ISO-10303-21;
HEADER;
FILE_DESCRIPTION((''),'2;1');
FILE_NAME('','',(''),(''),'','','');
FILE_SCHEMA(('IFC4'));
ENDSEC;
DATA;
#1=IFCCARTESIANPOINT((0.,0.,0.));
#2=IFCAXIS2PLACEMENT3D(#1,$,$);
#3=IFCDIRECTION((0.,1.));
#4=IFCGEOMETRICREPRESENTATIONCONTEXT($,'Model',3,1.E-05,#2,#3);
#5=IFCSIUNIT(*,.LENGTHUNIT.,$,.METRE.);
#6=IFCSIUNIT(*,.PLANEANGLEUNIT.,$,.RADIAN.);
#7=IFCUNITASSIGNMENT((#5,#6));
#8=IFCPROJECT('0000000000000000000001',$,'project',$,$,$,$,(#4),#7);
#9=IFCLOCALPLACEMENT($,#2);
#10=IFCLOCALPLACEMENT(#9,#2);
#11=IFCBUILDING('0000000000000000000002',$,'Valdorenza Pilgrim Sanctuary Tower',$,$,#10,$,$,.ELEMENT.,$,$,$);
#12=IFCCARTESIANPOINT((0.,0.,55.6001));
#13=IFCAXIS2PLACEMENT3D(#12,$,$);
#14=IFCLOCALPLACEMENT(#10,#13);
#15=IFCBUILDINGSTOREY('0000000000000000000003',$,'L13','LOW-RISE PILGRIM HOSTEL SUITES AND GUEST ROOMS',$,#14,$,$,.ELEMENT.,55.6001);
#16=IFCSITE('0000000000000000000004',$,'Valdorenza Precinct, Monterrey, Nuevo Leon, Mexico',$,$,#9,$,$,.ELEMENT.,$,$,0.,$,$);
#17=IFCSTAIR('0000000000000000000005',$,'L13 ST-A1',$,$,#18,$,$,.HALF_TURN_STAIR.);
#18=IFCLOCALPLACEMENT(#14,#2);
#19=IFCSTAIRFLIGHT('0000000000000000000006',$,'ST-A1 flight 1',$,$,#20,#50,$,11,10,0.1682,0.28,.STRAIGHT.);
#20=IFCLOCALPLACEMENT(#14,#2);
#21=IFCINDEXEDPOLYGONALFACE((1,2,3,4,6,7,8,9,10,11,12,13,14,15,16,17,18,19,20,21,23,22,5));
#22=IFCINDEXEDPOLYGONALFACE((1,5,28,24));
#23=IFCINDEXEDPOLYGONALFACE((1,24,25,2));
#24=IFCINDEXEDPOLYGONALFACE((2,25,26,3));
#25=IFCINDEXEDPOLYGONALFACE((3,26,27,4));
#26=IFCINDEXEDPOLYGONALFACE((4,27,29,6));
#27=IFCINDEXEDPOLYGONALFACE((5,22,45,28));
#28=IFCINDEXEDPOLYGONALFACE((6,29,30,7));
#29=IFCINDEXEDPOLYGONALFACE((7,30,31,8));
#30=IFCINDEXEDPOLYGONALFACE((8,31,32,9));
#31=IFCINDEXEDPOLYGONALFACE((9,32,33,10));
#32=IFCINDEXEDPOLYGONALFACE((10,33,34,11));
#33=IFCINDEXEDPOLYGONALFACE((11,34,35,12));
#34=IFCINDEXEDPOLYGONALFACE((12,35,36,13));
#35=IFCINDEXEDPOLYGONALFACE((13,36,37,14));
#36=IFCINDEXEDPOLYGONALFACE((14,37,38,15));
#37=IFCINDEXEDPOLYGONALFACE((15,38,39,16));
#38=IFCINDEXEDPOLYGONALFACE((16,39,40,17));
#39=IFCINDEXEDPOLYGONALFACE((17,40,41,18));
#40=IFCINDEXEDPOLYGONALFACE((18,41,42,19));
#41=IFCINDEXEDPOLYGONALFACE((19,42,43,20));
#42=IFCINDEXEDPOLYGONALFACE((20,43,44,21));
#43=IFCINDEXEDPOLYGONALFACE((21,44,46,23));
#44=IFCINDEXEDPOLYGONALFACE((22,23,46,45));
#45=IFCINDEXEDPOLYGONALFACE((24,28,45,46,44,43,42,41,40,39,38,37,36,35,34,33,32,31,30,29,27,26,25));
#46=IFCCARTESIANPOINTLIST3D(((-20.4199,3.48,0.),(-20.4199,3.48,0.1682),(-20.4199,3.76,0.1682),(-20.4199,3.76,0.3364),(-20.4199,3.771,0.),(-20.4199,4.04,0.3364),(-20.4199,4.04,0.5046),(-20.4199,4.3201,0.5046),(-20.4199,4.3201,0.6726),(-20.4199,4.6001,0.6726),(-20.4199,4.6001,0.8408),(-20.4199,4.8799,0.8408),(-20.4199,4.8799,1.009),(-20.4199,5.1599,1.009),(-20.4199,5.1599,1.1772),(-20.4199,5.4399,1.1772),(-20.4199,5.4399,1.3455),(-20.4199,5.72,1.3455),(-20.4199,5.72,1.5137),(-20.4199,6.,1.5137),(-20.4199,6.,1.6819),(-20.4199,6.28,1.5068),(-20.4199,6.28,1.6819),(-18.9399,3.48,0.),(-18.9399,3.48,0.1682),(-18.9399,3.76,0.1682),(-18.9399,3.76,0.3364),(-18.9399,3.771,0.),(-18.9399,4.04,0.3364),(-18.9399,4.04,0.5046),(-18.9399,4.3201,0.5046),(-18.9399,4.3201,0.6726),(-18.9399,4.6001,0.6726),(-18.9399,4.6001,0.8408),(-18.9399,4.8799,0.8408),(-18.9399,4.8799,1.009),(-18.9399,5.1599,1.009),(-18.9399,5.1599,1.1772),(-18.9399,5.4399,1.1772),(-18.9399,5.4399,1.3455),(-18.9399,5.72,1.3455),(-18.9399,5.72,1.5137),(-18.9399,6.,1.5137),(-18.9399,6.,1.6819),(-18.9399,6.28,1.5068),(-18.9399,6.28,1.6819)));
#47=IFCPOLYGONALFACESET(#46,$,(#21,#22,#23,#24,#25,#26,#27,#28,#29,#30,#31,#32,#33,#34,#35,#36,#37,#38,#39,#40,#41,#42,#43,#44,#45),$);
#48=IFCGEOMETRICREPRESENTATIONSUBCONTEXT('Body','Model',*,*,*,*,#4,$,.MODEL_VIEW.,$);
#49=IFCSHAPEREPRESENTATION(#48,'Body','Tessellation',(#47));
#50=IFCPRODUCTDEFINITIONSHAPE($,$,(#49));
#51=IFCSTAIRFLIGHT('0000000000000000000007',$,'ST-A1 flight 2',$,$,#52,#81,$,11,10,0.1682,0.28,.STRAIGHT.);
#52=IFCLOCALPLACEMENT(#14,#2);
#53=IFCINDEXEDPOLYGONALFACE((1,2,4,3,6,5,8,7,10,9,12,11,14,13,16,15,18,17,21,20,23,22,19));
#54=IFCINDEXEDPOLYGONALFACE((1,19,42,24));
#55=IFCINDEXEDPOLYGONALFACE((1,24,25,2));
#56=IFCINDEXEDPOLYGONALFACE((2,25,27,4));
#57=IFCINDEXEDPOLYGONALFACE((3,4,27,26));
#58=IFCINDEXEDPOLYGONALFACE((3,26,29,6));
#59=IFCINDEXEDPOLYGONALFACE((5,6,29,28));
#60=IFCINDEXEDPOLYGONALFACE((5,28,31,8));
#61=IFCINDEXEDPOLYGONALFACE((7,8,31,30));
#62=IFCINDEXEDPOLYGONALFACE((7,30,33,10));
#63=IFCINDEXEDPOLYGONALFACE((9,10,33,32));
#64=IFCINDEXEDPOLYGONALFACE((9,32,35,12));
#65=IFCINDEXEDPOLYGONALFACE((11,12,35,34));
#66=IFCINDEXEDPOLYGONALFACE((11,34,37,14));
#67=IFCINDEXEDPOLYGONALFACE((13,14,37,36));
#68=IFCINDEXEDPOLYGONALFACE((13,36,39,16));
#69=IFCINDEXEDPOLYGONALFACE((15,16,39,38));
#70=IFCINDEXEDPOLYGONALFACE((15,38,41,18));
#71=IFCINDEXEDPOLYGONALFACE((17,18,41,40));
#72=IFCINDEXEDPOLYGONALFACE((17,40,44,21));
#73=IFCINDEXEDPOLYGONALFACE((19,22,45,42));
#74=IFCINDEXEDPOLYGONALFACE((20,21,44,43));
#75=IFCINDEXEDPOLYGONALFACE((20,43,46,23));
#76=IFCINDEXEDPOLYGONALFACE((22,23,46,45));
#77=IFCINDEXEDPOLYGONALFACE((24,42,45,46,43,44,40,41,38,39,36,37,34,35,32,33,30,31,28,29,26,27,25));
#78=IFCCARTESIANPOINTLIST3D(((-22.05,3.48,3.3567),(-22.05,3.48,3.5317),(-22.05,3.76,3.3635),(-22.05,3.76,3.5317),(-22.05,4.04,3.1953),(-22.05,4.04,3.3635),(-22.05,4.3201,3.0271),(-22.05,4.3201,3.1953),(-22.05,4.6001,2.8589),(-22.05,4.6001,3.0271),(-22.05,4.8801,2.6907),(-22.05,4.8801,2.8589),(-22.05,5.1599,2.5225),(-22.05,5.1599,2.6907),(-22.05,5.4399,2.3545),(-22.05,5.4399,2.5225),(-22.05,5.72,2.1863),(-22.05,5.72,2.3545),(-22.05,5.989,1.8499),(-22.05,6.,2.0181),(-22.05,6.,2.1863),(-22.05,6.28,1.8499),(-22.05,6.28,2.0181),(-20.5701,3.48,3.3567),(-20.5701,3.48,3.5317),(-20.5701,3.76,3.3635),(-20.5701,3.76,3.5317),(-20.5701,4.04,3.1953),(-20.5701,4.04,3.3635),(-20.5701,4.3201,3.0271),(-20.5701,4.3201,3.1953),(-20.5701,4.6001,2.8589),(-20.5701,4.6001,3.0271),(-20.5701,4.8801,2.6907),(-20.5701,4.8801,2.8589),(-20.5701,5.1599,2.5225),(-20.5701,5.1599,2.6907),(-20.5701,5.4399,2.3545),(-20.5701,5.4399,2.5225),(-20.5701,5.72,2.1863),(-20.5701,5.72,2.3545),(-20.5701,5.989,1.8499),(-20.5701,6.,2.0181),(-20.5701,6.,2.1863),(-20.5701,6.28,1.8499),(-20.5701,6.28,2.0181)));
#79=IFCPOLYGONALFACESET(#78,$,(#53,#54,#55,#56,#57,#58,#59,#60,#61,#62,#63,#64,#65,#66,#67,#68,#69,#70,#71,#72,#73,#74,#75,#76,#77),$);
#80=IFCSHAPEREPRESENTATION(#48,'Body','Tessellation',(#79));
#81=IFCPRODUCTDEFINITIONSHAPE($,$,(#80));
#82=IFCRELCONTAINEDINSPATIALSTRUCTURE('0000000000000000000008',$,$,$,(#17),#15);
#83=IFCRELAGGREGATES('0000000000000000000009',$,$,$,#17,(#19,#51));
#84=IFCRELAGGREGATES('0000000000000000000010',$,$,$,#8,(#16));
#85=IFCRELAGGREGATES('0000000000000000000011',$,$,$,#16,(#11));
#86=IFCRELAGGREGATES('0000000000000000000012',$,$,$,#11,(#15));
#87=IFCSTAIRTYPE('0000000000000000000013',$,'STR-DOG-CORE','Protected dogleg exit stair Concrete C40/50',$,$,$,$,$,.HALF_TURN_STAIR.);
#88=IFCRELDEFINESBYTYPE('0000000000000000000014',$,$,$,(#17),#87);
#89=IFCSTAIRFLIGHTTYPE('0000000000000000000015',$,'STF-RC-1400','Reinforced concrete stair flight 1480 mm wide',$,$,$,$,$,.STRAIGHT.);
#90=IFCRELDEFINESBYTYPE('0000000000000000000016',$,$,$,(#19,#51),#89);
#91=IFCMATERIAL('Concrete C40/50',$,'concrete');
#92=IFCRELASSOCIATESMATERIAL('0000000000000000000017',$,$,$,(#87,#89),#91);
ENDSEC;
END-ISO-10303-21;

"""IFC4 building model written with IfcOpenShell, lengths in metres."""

from ifc_helpers import new_model, si_unit, direction, frame, origin, place, context, subcontext, project, spatial, polyline, outline, extrude, material, type_object, element, aggregate, save


model = new_model("IFC4")

# Units and contexts
model_context = context("Model", 3, precision=1e-05, world=origin(), true_north=direction((0.0, 1.0)))
body_context = subcontext(model_context, "Body", "Model", "MODEL_VIEW")
ifc_project = project(units=[si_unit("LENGTHUNIT", "METRE"), si_unit("PLANEANGLEUNIT", "RADIAN")], contexts=[model_context])

# Site, building, storey
site_placement = place(None, origin())
site = spatial("IfcSite", under=ifc_project, at=site_placement, Name="Valdorenza Precinct, Monterrey, Nuevo Leon, Mexico", CompositionType="ELEMENT", RefElevation=0.0)
building_placement = place(site_placement, origin())
building = spatial("IfcBuilding", under=site, at=building_placement, Name="Valdorenza Pilgrim Sanctuary Tower", CompositionType="ELEMENT")
storey_placement = place(building_placement, frame((0.0, 0.0, 55.6001)))
storey = spatial("IfcBuildingStorey", under=building, at=storey_placement, Name="L13", Description="LOW-RISE PILGRIM HOSTEL SUITES AND GUEST ROOMS", CompositionType="ELEMENT", Elevation=55.6001)

# Shared definitions
ifc_material_1 = material(Name="Concrete C40/50", Category="concrete")

# Stair, stair flights
stair_type = type_object("IfcStairType", Name="STR-DOG-CORE", Description="Protected dogleg exit stair Concrete C40/50", PredefinedType="HALF_TURN_STAIR", material=ifc_material_1)
stair_placement = place(storey_placement, origin())
stair = element("IfcStair", 1, at=stair_placement, inside=storey, type_object=stair_type, Name="L13 ST-A1", PredefinedType="HALF_TURN_STAIR")
stair_flight_type = type_object("IfcStairFlightType", Name="STF-RC-1400", Description="Reinforced concrete stair flight 1480 mm wide", PredefinedType="STRAIGHT", material=ifc_material_1)
stair_flight_1_placement = place(storey_placement, frame((-19.6799, 3.48, 0.0), z_axis=(0.0, 0.0, 1.0), x_axis=(0.0, 1.0, 0.0)))
stair_flight_1 = element("IfcStairFlight", 2, at=stair_flight_1_placement, type_object=stair_flight_type, Name="ST-A1 flight 1", NumberOfRisers=11, NumberOfTreads=10, PredefinedType="STRAIGHT", RiserHeight=0.1682, TreadLength=0.28, context=body_context, shape_type="SweptSolid", body=[
    extrude(outline(polyline([(0.0, 0.0), (0.0, 0.1682), (0.28, 0.1682), (0.28, 0.3364), (0.5601, 0.3364), (0.5601, 0.5046), (0.8401, 0.5046), (0.8401, 0.6726), (1.1201, 0.6726), (1.1201, 0.8408), (1.3999, 0.8408), (1.3999, 1.009), (1.6799, 1.009), (1.6799, 1.1772), (1.96, 1.1772), (1.96, 1.3455), (2.24, 1.3455), (2.24, 1.5137), (2.52, 1.5137), (2.52, 1.6819), (2.8, 1.6819), (2.8, 1.8501), (2.8, 1.5068), (0.291, 0.0), (0.0, 0.0)])), frame((0.0, 0.74, 0.0), z_axis=(0.0, -1.0, 0.0), x_axis=(1.0, 0.0, 0.0)), (0.0, 0.0, 1.0), 1.48),
])
stair_flight_2_placement = place(storey_placement, frame((-21.3101, 6.28, 1.8499), z_axis=(0.0, 0.0, 1.0), x_axis=(0.0, -1.0, 0.0)))
stair_flight_2 = element("IfcStairFlight", 3, at=stair_flight_2_placement, type_object=stair_flight_type, Name="ST-A1 flight 2", NumberOfRisers=11, NumberOfTreads=10, PredefinedType="STRAIGHT", RiserHeight=0.1682, TreadLength=0.28, context=body_context, shape_type="SweptSolid", body=[
    extrude(outline(polyline([(0.0, 0.0), (0.0, 0.1682), (0.28, 0.1682), (0.28, 0.3364), (0.5601, 0.3364), (0.5601, 0.5046), (0.8401, 0.5046), (0.8401, 0.6726), (1.1201, 0.6726), (1.1201, 0.8408), (1.3999, 0.8408), (1.3999, 1.009), (1.6799, 1.009), (1.6799, 1.1772), (1.96, 1.1772), (1.96, 1.3455), (2.24, 1.3455), (2.24, 1.5137), (2.52, 1.5137), (2.52, 1.6819), (2.8, 1.6819), (2.8, 1.8501), (2.8, 1.5068), (0.291, 0.0), (0.0, 0.0)])), frame((0.0, 0.74, 0.0), z_axis=(0.0, -1.0, 0.0), x_axis=(1.0, 0.0, 0.0)), (0.0, 0.0, 1.0), 1.48),
])
aggregate(stair, [stair_flight_1, stair_flight_2])

save(model, "model.ifc")
